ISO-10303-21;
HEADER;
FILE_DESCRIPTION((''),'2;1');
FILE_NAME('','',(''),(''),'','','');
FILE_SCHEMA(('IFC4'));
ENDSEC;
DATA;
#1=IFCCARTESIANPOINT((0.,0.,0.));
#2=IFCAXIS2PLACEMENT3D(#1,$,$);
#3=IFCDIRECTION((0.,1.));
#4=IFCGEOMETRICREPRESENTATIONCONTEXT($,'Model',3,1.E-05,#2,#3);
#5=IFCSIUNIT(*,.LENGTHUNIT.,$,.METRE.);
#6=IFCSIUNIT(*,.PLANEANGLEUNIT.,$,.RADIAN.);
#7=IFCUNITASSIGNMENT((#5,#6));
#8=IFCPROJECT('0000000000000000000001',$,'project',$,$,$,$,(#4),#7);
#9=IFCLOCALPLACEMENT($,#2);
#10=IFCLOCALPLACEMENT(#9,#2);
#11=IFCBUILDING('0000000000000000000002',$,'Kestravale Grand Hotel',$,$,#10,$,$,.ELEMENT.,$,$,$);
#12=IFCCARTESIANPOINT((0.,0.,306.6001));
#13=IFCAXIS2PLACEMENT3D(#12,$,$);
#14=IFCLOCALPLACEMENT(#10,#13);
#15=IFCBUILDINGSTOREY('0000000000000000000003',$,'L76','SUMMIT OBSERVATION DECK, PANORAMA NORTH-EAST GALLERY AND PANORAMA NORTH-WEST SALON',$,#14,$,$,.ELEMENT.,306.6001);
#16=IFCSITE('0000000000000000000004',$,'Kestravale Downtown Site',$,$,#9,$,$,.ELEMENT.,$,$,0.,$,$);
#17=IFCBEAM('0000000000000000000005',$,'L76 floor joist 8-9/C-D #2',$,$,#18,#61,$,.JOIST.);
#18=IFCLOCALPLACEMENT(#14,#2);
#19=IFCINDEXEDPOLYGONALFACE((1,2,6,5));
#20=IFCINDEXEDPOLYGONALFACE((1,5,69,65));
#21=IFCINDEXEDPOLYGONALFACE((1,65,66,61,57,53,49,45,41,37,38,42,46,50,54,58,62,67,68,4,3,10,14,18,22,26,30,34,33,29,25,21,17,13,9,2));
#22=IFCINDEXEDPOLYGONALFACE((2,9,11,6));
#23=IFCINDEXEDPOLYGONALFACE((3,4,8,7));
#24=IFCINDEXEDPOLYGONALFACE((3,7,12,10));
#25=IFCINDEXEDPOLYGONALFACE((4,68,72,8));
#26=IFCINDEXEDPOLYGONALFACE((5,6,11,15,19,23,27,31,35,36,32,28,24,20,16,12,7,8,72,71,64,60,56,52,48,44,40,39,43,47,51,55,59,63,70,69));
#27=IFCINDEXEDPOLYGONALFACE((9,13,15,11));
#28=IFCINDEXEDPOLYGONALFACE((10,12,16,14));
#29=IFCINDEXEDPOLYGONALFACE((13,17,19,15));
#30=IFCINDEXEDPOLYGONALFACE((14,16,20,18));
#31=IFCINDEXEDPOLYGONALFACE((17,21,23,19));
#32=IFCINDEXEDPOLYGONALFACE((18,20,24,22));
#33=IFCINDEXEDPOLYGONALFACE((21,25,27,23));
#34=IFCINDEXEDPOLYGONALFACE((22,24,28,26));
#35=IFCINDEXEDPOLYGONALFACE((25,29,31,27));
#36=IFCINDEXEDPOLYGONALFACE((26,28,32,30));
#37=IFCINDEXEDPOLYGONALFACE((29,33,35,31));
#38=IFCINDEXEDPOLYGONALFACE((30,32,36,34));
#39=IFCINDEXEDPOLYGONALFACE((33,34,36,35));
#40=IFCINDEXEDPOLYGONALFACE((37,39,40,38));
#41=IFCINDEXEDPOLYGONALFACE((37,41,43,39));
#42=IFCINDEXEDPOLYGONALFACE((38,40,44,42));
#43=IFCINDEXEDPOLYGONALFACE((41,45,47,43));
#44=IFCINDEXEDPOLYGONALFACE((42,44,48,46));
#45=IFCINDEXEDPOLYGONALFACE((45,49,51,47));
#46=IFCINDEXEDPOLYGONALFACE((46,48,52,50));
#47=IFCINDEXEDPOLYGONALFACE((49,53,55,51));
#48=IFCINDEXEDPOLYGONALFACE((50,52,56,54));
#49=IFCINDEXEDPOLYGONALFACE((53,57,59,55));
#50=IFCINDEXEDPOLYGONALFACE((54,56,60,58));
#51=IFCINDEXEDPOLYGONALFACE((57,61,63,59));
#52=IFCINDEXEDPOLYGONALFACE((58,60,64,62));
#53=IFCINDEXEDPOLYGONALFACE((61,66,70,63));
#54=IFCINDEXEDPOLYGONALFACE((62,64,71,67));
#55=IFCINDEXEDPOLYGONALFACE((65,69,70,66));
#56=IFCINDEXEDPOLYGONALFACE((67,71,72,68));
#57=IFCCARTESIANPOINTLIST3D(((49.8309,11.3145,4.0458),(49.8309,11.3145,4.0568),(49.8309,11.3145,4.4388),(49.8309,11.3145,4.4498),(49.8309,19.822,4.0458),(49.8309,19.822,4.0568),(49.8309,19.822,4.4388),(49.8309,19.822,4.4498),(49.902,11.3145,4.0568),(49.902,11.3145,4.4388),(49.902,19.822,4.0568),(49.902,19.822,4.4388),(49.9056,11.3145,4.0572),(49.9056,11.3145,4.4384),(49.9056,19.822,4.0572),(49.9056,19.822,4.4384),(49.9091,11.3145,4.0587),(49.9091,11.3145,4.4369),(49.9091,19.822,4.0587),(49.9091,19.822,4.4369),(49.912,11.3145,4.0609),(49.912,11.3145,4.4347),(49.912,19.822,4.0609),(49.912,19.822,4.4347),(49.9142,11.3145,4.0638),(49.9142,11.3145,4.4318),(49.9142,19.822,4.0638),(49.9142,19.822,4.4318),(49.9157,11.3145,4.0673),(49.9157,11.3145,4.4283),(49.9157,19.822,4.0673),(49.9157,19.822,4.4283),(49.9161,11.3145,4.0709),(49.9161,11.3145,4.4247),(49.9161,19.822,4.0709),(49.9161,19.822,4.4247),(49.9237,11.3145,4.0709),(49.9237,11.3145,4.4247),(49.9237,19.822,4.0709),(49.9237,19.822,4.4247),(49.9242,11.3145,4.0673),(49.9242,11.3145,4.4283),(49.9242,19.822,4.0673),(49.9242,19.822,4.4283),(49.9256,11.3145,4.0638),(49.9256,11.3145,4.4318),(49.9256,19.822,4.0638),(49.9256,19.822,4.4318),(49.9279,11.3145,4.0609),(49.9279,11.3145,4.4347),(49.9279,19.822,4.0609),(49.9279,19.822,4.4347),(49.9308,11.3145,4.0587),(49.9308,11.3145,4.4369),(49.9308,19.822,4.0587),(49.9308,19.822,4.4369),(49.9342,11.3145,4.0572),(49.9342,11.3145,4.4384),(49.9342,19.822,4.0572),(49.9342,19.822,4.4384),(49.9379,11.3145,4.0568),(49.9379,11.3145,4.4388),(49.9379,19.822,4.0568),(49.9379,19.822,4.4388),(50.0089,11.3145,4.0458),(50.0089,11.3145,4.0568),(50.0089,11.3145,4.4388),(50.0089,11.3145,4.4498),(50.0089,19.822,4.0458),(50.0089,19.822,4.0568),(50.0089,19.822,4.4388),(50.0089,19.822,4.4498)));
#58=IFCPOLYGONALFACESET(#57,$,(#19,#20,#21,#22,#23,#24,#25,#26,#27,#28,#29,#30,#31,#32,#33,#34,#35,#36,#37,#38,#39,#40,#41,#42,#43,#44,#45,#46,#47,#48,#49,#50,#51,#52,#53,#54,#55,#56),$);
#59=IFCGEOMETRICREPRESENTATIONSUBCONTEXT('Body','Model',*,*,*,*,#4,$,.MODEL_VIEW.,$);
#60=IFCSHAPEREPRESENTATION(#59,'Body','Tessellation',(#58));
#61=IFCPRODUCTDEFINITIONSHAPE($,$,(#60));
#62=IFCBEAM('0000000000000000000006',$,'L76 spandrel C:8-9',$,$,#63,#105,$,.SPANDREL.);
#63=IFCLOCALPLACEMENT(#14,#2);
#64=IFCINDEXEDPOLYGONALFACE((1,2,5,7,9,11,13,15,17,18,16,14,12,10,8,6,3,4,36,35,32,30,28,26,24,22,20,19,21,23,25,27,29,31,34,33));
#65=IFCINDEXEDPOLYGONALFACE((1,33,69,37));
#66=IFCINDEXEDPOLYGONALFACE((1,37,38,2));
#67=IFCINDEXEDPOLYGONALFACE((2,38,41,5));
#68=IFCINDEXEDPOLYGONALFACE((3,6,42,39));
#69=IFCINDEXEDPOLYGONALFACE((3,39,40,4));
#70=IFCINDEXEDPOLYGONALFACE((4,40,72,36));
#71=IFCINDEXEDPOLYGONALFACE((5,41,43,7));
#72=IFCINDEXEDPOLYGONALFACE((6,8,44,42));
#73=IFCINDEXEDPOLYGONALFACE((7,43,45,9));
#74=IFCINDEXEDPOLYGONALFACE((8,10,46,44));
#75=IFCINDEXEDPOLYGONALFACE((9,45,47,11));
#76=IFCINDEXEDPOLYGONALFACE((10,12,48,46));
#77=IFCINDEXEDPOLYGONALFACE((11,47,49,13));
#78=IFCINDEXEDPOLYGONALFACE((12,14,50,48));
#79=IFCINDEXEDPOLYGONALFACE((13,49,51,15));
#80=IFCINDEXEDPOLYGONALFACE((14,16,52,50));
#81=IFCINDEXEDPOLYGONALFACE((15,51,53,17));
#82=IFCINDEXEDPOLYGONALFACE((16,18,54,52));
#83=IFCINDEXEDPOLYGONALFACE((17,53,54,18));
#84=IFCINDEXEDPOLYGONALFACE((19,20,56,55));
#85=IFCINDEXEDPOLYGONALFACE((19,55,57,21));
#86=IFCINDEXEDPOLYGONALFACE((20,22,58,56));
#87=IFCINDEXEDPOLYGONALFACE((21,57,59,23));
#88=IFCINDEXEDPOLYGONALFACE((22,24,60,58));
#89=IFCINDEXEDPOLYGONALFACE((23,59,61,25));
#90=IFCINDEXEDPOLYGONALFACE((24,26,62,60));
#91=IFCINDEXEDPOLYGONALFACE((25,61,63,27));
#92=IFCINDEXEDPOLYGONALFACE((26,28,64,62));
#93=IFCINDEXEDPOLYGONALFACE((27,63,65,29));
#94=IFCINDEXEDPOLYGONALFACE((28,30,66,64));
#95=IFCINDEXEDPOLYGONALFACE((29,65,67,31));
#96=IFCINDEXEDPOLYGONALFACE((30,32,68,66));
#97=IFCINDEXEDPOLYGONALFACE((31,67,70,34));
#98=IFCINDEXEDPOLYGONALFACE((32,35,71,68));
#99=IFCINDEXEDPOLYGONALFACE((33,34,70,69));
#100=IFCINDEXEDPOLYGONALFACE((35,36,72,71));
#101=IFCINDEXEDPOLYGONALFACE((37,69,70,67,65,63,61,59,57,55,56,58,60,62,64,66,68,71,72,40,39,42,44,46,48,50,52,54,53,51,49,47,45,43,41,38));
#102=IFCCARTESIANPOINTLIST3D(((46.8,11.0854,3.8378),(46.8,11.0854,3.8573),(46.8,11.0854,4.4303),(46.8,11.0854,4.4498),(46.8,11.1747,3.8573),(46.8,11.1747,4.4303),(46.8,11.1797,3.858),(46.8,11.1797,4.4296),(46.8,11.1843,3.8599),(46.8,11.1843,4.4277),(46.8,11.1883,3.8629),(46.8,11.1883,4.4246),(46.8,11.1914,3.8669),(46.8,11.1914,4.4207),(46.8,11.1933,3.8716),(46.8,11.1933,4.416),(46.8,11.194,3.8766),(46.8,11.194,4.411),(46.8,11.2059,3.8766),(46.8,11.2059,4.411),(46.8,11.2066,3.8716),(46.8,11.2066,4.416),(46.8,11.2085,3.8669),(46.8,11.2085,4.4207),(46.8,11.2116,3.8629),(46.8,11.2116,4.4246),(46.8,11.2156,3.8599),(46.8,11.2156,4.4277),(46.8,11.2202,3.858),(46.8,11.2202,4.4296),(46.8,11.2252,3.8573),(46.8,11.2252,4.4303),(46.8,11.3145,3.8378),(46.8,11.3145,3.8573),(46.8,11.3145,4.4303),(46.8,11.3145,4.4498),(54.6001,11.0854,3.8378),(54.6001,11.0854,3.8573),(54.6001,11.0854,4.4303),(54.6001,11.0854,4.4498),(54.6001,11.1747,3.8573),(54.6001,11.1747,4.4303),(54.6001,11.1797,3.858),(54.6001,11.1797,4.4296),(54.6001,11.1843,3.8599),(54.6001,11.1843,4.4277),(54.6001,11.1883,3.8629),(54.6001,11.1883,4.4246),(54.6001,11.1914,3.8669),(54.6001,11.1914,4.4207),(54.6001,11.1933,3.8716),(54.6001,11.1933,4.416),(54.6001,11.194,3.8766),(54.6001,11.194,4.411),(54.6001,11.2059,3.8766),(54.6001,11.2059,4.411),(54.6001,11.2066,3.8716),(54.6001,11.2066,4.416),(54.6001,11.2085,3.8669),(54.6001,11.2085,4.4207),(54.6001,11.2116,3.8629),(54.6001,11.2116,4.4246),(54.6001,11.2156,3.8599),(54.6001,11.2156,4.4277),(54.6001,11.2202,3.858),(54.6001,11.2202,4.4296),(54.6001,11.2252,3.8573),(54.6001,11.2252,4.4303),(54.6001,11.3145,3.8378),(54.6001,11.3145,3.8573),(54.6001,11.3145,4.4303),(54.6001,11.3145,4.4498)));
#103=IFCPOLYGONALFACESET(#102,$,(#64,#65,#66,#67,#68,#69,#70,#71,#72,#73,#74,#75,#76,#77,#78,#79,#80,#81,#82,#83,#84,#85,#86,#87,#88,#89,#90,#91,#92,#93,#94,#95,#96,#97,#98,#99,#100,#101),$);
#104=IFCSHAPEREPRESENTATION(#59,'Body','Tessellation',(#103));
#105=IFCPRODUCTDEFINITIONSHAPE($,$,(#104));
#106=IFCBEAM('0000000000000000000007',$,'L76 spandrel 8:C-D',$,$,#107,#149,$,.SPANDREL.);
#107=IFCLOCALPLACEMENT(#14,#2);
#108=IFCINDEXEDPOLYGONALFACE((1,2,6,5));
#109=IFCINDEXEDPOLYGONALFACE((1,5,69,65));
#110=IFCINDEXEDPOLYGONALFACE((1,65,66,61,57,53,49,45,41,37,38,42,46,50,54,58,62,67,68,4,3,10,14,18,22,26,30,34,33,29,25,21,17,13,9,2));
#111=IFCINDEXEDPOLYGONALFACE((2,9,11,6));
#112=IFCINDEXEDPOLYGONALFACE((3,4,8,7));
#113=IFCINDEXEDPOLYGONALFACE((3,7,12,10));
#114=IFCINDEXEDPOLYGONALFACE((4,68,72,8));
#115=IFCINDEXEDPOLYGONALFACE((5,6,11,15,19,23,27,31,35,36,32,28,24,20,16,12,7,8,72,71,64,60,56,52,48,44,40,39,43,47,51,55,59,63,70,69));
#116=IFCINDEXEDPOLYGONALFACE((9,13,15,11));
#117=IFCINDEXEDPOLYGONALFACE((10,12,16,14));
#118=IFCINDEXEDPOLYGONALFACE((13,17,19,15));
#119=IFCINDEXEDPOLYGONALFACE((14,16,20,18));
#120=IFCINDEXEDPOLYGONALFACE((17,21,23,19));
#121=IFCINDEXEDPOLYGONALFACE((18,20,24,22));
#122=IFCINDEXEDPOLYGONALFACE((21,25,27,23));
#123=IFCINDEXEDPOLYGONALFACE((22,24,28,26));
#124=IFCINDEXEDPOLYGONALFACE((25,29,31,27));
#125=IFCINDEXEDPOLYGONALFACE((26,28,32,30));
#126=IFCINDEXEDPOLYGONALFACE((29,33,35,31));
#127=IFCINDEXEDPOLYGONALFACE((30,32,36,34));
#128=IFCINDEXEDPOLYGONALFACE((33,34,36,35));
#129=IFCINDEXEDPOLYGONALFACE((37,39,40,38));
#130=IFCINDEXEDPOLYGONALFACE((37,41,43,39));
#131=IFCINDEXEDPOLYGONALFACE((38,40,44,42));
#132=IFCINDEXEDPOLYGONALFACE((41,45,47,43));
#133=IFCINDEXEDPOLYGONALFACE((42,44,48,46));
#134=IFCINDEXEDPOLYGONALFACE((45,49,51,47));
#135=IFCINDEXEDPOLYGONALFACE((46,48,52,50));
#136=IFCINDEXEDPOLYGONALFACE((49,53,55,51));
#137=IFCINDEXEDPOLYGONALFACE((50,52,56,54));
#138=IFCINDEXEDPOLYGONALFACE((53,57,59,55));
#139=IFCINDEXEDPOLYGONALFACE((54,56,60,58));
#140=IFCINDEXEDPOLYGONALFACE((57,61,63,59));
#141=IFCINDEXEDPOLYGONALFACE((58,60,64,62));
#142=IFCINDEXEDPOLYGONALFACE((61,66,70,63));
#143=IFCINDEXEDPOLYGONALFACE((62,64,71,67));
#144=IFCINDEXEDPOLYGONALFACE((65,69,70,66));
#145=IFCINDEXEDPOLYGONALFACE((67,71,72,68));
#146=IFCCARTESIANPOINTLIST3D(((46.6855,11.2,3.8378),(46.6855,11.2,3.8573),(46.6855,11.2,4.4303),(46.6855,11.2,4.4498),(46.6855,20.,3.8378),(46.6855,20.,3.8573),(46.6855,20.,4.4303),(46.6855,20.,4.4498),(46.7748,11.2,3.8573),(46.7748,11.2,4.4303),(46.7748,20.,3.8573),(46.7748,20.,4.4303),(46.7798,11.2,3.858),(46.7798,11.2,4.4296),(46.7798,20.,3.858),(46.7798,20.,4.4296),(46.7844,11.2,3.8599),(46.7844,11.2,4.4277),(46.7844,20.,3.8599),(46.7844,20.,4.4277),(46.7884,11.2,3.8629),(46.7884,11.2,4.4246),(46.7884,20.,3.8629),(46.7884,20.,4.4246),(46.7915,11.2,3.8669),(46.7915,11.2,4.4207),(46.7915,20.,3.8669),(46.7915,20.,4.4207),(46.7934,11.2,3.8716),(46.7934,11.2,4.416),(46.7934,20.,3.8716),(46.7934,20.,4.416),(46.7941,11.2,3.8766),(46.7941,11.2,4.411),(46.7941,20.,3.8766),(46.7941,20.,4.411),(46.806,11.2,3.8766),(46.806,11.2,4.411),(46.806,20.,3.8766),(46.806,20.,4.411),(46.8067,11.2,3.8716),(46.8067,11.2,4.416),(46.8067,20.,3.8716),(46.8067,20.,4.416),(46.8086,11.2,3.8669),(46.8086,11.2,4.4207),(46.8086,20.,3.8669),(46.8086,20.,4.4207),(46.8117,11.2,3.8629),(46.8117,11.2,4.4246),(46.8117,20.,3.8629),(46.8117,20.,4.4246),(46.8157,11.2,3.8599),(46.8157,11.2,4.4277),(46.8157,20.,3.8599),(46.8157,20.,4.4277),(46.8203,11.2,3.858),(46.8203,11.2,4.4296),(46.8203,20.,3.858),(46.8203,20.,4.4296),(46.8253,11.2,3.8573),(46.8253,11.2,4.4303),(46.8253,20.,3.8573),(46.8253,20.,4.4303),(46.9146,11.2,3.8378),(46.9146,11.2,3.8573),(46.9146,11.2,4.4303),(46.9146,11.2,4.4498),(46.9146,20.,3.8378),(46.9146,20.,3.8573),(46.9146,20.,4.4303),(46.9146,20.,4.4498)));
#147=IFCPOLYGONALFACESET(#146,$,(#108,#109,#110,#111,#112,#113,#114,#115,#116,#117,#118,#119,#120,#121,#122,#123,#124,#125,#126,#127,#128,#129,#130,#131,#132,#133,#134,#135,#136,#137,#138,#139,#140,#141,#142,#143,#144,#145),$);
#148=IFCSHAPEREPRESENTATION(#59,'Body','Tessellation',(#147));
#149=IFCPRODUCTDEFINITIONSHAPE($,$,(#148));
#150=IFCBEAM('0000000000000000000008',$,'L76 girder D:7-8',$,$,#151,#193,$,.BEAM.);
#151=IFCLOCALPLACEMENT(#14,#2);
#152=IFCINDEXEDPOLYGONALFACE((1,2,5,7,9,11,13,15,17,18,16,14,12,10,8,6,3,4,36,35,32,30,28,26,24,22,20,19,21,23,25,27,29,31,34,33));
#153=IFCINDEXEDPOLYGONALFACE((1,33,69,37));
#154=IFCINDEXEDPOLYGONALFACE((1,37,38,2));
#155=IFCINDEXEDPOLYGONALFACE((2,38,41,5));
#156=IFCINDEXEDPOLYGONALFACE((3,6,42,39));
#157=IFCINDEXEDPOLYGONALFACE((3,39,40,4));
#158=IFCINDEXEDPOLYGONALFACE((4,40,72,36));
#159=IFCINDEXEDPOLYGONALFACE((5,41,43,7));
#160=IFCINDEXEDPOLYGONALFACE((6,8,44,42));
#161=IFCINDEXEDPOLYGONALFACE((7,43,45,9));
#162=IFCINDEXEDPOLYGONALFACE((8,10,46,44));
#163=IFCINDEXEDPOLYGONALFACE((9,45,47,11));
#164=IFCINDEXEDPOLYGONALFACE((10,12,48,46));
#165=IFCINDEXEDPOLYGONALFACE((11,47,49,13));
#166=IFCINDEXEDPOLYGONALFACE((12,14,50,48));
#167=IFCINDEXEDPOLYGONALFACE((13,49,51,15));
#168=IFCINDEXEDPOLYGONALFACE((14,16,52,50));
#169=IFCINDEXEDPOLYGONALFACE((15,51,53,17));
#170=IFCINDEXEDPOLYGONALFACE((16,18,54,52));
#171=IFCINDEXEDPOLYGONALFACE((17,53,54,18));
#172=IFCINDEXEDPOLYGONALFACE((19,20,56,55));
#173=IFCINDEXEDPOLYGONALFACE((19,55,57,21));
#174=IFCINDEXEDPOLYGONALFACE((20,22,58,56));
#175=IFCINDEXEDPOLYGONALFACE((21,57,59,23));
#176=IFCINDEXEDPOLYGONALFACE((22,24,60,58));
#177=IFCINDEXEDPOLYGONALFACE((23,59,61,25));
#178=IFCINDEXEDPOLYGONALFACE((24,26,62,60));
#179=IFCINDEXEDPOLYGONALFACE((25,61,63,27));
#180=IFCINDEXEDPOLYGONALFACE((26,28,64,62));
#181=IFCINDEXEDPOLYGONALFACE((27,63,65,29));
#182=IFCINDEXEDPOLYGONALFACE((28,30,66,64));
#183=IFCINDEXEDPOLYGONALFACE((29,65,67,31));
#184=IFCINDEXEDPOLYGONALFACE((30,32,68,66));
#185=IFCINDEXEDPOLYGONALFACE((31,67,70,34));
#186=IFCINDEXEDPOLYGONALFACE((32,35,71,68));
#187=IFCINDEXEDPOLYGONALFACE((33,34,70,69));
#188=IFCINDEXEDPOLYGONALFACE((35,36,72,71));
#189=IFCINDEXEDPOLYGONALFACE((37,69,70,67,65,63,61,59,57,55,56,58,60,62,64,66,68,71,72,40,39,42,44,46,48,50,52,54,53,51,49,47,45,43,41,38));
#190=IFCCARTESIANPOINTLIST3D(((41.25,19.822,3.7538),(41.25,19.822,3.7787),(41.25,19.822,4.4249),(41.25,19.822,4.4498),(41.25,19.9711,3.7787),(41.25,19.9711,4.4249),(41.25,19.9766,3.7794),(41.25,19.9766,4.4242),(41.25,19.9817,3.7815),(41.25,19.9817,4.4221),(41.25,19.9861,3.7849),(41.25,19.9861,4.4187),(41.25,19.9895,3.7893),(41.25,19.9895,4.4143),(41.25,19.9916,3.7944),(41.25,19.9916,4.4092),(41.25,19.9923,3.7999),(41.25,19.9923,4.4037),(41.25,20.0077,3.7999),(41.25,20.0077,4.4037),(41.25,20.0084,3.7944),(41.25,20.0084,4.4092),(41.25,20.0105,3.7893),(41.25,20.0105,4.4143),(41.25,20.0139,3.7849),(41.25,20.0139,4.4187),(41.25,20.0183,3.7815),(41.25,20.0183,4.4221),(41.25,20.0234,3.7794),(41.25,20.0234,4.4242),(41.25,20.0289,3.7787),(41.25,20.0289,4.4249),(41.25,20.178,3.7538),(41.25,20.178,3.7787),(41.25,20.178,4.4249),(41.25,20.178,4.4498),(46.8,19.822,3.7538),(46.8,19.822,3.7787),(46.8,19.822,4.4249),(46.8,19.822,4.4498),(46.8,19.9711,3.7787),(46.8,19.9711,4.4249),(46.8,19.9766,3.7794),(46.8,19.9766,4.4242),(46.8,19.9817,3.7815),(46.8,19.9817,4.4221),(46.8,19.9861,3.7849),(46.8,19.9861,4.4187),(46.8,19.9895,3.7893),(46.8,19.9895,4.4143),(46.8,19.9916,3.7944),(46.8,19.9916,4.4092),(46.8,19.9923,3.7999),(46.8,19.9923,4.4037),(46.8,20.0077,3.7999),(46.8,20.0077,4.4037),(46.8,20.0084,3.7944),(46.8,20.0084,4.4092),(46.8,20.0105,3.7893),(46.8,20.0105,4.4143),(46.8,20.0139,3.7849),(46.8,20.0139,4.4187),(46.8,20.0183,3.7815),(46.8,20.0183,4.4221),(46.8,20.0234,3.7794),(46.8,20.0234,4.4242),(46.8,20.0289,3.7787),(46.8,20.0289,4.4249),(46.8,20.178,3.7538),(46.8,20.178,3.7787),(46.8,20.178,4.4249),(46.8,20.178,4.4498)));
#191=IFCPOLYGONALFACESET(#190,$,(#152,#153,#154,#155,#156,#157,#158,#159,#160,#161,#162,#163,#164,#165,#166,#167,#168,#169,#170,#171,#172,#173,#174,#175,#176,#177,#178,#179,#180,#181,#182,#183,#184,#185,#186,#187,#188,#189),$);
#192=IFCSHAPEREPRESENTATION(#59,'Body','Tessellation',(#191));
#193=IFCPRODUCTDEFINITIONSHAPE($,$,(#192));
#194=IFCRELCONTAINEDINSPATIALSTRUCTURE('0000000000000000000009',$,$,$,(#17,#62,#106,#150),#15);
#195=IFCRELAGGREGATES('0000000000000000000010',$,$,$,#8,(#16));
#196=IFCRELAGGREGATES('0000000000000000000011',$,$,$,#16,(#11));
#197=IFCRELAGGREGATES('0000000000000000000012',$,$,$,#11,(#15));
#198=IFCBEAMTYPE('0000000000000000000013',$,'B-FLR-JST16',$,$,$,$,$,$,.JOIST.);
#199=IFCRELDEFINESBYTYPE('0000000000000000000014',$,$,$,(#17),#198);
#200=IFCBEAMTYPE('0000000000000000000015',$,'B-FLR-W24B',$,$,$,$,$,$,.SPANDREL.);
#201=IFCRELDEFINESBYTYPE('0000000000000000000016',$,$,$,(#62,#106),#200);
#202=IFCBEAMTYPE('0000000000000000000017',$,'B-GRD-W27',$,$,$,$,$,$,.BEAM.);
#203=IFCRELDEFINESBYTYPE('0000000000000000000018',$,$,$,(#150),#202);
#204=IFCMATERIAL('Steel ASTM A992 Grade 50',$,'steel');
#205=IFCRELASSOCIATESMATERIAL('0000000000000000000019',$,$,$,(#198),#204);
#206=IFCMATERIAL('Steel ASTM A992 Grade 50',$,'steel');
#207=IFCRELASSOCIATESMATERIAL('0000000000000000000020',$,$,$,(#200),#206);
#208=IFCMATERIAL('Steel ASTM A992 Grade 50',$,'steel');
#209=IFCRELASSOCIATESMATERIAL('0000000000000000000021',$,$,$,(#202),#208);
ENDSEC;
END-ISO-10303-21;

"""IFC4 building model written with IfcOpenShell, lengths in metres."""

from ifc_helpers import new_model, si_unit, direction, frame, origin, origin_2d, place, context, subcontext, project, spatial, i_section, extrude, material, material_profile, profile_set, type_object, element, save


model = new_model("IFC4")

# Units and contexts
model_context = context("Model", 3, precision=1e-05, world=origin(), true_north=direction((0.0, 1.0)))
body_context = subcontext(model_context, "Body", "Model", "MODEL_VIEW")
ifc_project = project(units=[si_unit("LENGTHUNIT", "METRE"), si_unit("PLANEANGLEUNIT", "RADIAN")], contexts=[model_context])

# Site, building, storey
site_placement = place(None, origin())
site = spatial("IfcSite", under=ifc_project, at=site_placement, Name="Kestravale Downtown Site", CompositionType="ELEMENT", RefElevation=0.0)
building_placement = place(site_placement, origin())
building = spatial("IfcBuilding", under=site, at=building_placement, Name="Kestravale Grand Hotel", CompositionType="ELEMENT")
storey_placement = place(building_placement, frame((0.0, 0.0, 306.6001)))
storey = spatial("IfcBuildingStorey", under=building, at=storey_placement, Name="L76", Description="SUMMIT OBSERVATION DECK, PANORAMA NORTH-EAST GALLERY AND PANORAMA NORTH-WEST SALON", CompositionType="ELEMENT", Elevation=306.6001)

# Beams
ifc_material_1 = material(Name="Steel ASTM A992 Grade 50", Category="steel")
ifc_material_profile_1 = material_profile(ifc_material_1, i_section(OverallWidth=0.178, OverallDepth=0.4041, WebThickness=0.0076, FlangeThickness=0.011, FilletRadius=0.0142, at=origin_2d()))
ifc_profile_set_1 = profile_set([ifc_material_profile_1], Name="Steel ASTM A992 Grade 50")
beam_type_1 = type_object("IfcBeamType", Name="B-FLR-JST16", PredefinedType="JOIST", material=ifc_profile_set_1)
for number, where, z_axis, x_axis, name in (
    (1, (49.9199, 11.3145, 4.2478), (0.0, 1.0, 0.0), (-1.0, 0.0, 0.0), "L76 floor joist 8-9/C-D #2"),
):
    element("IfcBeam", number, at=place(storey_placement, frame(where, z_axis=z_axis, x_axis=x_axis)), inside=storey, type_object=beam_type_1, Name=name, PredefinedType="JOIST", context=body_context, shape_type="SweptSolid", body=[
        extrude(i_section(OverallWidth=0.178, OverallDepth=0.4041, WebThickness=0.0076, FlangeThickness=0.011, FilletRadius=0.0142, at=origin_2d()), origin(), (0.0, 0.0, 1.0), 8.5076),
    ])
ifc_material_2 = material(Name="Steel ASTM A992 Grade 50", Category="steel")
ifc_material_profile_2 = material_profile(ifc_material_2, i_section(OverallWidth=0.229, OverallDepth=0.6121, WebThickness=0.012, FlangeThickness=0.0195, FilletRadius=0.0193, at=origin_2d()))
ifc_profile_set_2 = profile_set([ifc_material_profile_2], Name="Steel ASTM A992 Grade 50")
beam_type_2 = type_object("IfcBeamType", Name="B-FLR-W24B", PredefinedType="SPANDREL", material=ifc_profile_set_2)
beam_1_placement = place(storey_placement, frame((46.8, 11.2, 4.1438), z_axis=(1.0, 0.0, 0.0), x_axis=(0.0, 1.0, 0.0)))
element("IfcBeam", 2, at=beam_1_placement, inside=storey, type_object=beam_type_2, Name="L76 spandrel C:8-9", PredefinedType="SPANDREL", context=body_context, shape_type="SweptSolid", body=[
    extrude(i_section(OverallWidth=0.229, OverallDepth=0.6121, WebThickness=0.012, FlangeThickness=0.0195, FilletRadius=0.0193, at=origin_2d()), origin(), (0.0, 0.0, 1.0), 7.8),
])
beam_2_placement = place(storey_placement, frame((46.8, 11.2, 4.1438), z_axis=(0.0, 1.0, 0.0), x_axis=(-1.0, 0.0, 0.0)))
element("IfcBeam", 3, at=beam_2_placement, inside=storey, type_object=beam_type_2, Name="L76 spandrel 8:C-D", PredefinedType="SPANDREL", context=body_context, shape_type="SweptSolid", body=[
    extrude(i_section(OverallWidth=0.229, OverallDepth=0.6121, WebThickness=0.012, FlangeThickness=0.0195, FilletRadius=0.0193, at=origin_2d()), origin(), (0.0, 0.0, 1.0), 8.8),
])
ifc_material_3 = material(Name="Steel ASTM A992 Grade 50", Category="steel")
ifc_material_profile_3 = material_profile(ifc_material_3, i_section(OverallWidth=0.356, OverallDepth=0.696, WebThickness=0.0154, FlangeThickness=0.0249, FilletRadius=0.0212, at=origin_2d()))
ifc_profile_set_3 = profile_set([ifc_material_profile_3], Name="Steel ASTM A992 Grade 50")
beam_type_3 = type_object("IfcBeamType", Name="B-GRD-W27", PredefinedType="BEAM", material=ifc_profile_set_3)
beam_3_placement = place(storey_placement, frame((41.25, 20.0, 4.1018), z_axis=(1.0, 0.0, 0.0), x_axis=(0.0, 1.0, 0.0)))
element("IfcBeam", 4, at=beam_3_placement, inside=storey, type_object=beam_type_3, Name="L76 girder D:7-8", PredefinedType="BEAM", context=body_context, shape_type="SweptSolid", body=[
    extrude(i_section(OverallWidth=0.356, OverallDepth=0.696, WebThickness=0.0154, FlangeThickness=0.0249, FilletRadius=0.0212, at=origin_2d()), origin(), (0.0, 0.0, 1.0), 5.55),
])

save(model, "model.ifc")
